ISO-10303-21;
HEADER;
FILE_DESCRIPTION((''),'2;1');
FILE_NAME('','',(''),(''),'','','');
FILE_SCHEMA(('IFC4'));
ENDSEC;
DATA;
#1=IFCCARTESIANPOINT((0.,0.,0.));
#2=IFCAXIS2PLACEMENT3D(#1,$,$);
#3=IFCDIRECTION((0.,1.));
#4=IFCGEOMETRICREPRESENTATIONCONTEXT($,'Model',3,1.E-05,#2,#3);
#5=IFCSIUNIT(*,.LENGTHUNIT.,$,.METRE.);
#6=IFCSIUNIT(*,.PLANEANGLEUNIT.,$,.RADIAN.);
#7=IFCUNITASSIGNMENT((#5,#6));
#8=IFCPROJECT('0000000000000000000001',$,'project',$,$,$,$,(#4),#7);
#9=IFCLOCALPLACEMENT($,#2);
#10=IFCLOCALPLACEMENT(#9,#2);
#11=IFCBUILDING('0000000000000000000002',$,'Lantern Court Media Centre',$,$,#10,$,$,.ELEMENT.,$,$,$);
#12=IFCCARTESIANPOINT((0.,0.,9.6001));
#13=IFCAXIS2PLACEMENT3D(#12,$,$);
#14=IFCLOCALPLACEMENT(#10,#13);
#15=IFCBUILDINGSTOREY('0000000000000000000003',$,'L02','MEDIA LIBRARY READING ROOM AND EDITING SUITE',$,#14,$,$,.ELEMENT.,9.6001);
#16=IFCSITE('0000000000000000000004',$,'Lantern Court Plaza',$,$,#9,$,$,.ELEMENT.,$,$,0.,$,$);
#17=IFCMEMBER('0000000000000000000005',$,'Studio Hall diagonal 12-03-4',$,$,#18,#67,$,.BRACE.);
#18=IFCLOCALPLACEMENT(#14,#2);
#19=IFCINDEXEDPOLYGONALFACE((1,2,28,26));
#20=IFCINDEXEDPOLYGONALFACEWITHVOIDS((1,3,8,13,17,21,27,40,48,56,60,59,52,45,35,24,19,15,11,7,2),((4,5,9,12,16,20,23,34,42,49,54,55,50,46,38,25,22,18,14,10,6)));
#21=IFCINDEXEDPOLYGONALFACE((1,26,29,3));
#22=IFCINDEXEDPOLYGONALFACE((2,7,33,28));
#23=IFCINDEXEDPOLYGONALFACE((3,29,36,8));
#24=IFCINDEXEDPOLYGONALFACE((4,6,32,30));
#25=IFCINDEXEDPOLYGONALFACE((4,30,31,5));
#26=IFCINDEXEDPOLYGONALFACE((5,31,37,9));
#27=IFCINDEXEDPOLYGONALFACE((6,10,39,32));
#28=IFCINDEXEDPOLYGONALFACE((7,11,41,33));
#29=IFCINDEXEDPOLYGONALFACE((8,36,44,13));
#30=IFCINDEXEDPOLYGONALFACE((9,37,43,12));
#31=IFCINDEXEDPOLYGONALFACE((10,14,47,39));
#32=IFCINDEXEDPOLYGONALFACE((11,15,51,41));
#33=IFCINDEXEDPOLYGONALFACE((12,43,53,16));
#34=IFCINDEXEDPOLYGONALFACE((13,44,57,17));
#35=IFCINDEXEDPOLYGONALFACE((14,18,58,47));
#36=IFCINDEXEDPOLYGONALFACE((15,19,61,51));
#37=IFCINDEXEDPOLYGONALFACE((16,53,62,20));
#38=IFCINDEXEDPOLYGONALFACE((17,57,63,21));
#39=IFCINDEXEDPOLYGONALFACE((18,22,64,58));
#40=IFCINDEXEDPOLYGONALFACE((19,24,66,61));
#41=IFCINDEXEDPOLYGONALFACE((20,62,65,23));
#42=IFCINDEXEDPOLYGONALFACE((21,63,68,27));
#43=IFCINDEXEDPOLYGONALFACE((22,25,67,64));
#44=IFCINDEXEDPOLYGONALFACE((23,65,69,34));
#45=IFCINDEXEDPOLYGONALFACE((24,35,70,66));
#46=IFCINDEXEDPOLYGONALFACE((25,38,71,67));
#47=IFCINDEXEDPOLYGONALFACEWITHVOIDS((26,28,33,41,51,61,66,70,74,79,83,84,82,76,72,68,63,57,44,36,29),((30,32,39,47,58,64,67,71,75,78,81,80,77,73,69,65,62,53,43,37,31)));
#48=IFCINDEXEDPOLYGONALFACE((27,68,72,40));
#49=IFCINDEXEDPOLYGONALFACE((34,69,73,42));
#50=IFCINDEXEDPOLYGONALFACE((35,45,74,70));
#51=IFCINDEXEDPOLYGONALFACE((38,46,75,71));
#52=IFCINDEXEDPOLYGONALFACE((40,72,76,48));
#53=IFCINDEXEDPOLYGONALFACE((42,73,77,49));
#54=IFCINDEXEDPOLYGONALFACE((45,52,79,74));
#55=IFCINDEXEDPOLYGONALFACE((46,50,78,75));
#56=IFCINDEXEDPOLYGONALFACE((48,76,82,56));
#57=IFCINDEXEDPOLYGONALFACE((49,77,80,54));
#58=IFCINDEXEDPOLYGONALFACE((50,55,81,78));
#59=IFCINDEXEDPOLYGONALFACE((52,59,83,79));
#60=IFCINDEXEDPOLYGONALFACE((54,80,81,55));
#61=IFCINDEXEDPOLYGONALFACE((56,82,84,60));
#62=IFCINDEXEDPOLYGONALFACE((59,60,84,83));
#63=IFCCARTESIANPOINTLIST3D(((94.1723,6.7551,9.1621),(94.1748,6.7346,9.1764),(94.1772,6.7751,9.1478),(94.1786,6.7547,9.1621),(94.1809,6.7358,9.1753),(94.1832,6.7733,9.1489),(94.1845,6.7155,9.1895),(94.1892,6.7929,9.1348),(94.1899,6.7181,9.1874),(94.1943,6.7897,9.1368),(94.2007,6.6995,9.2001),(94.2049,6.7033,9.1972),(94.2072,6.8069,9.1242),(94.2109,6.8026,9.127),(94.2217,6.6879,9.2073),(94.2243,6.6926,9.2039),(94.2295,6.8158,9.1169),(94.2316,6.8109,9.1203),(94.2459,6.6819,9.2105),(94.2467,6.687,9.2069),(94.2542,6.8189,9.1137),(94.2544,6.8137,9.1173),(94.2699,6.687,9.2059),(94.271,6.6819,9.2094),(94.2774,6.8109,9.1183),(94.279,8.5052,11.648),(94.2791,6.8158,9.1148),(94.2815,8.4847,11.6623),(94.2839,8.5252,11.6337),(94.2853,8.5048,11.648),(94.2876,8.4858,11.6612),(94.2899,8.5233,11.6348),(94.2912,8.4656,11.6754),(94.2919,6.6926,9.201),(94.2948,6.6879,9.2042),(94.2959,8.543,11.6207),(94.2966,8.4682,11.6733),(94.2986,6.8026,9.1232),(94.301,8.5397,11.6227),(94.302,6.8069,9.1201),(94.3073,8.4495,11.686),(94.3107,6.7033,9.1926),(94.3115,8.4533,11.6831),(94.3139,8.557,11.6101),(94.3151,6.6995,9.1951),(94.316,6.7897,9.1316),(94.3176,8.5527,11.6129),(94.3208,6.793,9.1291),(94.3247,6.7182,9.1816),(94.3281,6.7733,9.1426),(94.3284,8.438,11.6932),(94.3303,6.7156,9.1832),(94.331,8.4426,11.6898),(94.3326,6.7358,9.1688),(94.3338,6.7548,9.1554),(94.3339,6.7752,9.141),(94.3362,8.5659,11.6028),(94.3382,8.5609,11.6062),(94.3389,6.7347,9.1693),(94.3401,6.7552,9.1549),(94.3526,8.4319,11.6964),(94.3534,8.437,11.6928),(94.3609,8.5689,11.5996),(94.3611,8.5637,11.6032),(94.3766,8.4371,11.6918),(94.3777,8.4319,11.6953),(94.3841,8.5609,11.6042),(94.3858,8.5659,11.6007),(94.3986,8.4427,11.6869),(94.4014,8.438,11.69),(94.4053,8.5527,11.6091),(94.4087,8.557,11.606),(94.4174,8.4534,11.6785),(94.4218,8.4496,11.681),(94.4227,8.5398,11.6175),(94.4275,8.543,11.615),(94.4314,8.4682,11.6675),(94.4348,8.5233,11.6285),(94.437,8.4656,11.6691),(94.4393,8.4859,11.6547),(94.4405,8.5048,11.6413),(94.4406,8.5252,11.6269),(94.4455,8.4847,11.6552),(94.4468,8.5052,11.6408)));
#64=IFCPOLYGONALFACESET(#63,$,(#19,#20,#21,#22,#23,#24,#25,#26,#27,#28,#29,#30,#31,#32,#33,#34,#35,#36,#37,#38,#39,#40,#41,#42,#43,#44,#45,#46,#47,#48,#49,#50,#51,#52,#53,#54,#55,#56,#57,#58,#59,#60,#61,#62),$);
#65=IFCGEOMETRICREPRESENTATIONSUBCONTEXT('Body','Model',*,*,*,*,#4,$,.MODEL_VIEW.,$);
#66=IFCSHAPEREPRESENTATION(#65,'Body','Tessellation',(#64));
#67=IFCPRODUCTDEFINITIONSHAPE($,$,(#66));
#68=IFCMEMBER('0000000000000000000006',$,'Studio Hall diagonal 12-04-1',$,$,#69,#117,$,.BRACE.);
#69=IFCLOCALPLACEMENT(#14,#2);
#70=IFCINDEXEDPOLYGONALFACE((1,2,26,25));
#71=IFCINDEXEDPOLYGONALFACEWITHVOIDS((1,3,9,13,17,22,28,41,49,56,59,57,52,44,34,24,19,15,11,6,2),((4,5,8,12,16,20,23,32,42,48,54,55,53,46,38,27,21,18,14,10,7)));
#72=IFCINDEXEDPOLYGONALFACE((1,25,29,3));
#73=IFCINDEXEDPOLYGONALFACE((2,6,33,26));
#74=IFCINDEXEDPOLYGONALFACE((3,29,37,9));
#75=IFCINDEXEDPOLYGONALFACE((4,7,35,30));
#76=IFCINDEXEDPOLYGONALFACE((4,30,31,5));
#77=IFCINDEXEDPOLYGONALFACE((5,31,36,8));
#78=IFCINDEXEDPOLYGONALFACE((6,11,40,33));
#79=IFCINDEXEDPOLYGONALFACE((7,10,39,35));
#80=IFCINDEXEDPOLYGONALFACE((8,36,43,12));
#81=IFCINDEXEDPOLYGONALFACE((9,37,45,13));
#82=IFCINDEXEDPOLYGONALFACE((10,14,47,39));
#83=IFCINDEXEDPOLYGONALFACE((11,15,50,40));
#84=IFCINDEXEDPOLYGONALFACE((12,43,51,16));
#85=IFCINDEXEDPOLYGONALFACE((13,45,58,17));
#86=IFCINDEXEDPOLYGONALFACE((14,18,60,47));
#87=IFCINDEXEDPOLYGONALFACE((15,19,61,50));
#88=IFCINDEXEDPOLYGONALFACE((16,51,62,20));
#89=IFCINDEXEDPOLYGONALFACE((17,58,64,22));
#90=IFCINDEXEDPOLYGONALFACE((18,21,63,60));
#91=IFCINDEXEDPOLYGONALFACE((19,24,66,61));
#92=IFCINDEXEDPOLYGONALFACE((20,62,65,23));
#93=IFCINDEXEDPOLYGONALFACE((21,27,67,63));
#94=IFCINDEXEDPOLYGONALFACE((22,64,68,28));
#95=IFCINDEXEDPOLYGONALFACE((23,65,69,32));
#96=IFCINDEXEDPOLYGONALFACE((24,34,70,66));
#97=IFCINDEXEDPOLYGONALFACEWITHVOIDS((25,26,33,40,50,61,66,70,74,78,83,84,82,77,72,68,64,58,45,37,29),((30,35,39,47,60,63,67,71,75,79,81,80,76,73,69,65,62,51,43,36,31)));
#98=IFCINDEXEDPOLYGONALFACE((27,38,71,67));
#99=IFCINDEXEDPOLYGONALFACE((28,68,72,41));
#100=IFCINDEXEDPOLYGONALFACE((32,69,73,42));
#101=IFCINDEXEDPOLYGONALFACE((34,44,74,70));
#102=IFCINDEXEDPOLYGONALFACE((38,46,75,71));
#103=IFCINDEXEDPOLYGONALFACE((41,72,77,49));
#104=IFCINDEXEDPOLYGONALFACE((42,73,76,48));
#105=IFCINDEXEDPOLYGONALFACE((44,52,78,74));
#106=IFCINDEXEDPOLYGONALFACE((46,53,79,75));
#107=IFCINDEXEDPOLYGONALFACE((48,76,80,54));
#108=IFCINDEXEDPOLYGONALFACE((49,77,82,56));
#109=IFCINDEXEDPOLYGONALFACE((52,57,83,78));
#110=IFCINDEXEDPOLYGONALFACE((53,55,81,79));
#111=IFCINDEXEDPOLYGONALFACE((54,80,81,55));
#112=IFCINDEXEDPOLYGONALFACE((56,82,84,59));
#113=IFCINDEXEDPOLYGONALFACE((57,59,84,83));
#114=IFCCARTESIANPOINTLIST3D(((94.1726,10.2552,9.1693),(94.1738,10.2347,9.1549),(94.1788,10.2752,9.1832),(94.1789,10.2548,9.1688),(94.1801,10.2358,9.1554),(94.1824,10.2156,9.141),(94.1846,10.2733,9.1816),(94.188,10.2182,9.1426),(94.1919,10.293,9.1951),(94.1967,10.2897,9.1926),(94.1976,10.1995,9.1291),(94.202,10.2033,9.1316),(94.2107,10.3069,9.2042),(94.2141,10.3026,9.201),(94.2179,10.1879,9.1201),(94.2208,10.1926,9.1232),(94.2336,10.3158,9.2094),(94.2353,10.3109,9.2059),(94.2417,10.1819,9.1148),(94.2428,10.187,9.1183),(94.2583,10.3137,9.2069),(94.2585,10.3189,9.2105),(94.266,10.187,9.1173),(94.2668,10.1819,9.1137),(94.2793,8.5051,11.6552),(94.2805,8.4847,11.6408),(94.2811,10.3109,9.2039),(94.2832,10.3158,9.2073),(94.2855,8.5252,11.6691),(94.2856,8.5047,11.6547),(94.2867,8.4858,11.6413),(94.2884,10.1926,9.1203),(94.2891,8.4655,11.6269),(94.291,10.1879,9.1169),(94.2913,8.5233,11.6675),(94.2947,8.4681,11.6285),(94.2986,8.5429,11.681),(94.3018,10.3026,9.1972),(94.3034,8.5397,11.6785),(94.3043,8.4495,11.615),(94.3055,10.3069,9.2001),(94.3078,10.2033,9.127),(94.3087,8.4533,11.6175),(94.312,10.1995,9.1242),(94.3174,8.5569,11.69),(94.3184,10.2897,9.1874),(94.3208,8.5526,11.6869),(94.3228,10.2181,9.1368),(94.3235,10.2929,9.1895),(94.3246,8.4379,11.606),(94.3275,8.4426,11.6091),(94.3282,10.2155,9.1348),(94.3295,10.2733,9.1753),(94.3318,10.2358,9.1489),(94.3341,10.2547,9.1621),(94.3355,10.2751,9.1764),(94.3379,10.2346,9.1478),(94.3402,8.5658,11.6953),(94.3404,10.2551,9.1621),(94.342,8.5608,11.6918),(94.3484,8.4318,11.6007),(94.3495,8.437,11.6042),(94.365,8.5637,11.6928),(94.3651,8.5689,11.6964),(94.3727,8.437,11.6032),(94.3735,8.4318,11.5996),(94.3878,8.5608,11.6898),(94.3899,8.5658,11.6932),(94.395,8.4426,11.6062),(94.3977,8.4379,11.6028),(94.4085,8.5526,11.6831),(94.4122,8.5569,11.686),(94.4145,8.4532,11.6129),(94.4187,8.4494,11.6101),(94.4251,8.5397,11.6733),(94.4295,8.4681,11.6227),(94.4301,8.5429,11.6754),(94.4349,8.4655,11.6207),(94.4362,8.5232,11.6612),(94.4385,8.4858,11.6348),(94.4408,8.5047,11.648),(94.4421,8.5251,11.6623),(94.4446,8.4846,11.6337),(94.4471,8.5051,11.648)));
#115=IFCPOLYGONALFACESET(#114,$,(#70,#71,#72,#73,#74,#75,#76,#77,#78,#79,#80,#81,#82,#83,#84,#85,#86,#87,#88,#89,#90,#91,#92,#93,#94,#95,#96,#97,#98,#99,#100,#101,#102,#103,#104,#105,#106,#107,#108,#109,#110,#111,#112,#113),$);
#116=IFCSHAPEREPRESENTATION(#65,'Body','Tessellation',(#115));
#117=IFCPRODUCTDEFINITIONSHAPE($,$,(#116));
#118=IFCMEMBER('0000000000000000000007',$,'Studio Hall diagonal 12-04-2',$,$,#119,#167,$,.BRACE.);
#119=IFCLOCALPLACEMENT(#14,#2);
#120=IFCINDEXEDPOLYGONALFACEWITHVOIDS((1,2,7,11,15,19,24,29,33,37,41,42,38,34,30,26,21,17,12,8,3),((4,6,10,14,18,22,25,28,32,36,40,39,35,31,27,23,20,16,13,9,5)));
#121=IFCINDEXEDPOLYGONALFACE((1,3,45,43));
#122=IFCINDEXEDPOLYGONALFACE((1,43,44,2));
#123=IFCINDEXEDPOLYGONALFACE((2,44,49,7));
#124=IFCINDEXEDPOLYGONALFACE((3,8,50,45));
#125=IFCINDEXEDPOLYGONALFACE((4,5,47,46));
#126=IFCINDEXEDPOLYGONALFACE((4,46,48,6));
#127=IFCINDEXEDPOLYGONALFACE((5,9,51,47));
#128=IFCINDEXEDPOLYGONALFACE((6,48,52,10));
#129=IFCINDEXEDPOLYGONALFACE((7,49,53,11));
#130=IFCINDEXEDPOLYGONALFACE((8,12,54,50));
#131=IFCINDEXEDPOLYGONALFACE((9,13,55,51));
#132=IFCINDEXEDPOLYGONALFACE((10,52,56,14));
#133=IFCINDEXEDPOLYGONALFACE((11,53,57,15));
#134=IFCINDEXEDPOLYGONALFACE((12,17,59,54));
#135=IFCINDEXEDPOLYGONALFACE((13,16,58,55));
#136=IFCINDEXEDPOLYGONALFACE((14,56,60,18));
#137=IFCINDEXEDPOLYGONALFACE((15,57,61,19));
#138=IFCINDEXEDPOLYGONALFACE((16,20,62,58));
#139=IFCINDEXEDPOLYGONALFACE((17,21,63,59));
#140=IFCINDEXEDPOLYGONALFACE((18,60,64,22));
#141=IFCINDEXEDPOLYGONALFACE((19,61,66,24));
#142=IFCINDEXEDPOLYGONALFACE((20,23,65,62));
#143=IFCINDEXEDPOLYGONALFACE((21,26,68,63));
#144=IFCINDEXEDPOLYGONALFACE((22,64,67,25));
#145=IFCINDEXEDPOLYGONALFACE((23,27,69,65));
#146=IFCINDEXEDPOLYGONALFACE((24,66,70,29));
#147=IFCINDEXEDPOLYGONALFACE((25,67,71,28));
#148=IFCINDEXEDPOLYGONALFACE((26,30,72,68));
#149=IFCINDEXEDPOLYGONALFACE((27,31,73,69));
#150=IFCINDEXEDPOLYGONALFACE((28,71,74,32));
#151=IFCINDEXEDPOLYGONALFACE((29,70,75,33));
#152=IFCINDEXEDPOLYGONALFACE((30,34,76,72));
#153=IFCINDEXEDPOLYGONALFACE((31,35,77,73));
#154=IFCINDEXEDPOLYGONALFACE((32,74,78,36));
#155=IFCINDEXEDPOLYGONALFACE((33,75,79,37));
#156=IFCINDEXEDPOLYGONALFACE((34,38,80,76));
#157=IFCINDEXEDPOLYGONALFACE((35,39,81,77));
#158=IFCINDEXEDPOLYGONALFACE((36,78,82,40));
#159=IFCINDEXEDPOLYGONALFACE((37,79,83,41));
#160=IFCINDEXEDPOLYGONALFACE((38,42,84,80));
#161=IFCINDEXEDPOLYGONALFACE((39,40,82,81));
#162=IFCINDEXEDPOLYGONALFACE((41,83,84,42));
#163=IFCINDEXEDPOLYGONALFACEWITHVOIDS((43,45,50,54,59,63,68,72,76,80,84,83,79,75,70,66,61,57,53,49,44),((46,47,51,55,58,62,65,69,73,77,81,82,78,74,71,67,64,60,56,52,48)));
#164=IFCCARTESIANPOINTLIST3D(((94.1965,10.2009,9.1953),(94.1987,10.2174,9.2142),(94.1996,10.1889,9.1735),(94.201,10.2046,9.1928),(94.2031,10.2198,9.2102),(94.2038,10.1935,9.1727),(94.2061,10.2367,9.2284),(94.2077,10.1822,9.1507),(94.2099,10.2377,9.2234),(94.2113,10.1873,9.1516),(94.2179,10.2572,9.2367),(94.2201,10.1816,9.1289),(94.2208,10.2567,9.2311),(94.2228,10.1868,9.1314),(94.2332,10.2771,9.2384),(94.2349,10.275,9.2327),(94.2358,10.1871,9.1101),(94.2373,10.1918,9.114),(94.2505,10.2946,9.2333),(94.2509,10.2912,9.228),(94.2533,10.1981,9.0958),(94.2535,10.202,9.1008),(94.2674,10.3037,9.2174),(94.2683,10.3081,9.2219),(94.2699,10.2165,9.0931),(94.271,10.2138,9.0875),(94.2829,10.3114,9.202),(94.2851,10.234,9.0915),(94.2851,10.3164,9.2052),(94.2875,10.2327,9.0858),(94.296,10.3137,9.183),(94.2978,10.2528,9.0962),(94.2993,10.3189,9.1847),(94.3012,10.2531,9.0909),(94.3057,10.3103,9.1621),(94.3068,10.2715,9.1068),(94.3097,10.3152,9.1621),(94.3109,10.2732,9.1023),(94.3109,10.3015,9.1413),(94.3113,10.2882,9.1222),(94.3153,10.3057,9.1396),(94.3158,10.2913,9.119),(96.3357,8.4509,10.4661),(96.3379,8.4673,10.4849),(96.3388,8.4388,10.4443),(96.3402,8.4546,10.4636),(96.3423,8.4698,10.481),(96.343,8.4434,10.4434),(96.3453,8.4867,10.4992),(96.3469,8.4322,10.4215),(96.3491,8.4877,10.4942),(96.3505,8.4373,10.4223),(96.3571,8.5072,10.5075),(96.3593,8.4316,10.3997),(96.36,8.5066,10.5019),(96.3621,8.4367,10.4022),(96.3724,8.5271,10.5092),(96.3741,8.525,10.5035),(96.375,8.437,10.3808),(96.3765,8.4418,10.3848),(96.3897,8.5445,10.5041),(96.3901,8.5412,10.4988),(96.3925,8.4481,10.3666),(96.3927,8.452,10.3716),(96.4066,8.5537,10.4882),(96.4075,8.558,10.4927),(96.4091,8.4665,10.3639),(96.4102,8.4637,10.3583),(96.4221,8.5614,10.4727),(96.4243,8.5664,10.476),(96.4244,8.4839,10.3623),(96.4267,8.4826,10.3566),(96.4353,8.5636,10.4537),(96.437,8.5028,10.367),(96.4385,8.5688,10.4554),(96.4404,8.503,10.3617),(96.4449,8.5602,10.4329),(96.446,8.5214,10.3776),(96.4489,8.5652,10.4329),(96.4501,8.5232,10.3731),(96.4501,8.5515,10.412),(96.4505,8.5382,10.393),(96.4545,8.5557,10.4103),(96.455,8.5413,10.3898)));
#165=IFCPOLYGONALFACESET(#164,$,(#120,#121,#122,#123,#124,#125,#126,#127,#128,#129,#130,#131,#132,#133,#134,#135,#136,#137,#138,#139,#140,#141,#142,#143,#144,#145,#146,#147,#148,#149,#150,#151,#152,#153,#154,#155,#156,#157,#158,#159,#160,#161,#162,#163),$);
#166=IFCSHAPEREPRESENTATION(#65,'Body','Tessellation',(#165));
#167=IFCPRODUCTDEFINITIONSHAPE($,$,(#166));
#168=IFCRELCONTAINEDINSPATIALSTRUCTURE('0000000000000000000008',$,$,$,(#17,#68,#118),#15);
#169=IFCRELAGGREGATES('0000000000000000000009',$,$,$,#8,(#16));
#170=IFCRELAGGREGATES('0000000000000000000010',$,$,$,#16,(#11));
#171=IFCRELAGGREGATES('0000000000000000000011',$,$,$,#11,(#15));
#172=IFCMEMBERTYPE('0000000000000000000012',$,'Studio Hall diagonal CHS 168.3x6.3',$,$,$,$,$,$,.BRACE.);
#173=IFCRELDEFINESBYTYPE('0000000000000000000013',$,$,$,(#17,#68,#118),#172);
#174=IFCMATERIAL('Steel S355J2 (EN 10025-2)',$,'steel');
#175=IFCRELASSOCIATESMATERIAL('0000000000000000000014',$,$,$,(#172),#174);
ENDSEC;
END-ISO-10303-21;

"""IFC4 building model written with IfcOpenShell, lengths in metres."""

from ifc_helpers import new_model, si_unit, direction, frame, origin, origin_2d, place, context, subcontext, project, spatial, hollow_circle, extrude, material, material_profile, profile_set, type_object, element, save


model = new_model("IFC4")

# Units and contexts
model_context = context("Model", 3, precision=1e-05, world=origin(), true_north=direction((0.0, 1.0)))
body_context = subcontext(model_context, "Body", "Model", "MODEL_VIEW")
ifc_project = project(units=[si_unit("LENGTHUNIT", "METRE"), si_unit("PLANEANGLEUNIT", "RADIAN")], contexts=[model_context])

# Site, building, storey
site_placement = place(None, origin())
site = spatial("IfcSite", under=ifc_project, at=site_placement, Name="Lantern Court Plaza", CompositionType="ELEMENT", RefElevation=0.0)
building_placement = place(site_placement, origin())
building = spatial("IfcBuilding", under=site, at=building_placement, Name="Lantern Court Media Centre", CompositionType="ELEMENT")
storey_placement = place(building_placement, frame((0.0, 0.0, 9.6001)))
storey = spatial("IfcBuildingStorey", under=building, at=storey_placement, Name="L02", Description="MEDIA LIBRARY READING ROOM AND EDITING SUITE", CompositionType="ELEMENT", Elevation=9.6001)

# Members
ifc_material_1 = material(Name="Steel S355J2 (EN 10025-2)", Category="steel")
ifc_material_profile_1 = material_profile(ifc_material_1, hollow_circle(Radius=0.0842, WallThickness=0.0063, at=origin_2d()), Name="Studio Hall diagonal CHS 168.3x6.3")
ifc_profile_set_1 = profile_set([ifc_material_profile_1], Name="Steel S355J2 (EN 10025-2)")
member_type_1 = type_object("IfcMemberType", Name="Studio Hall diagonal CHS 168.3x6.3", PredefinedType="BRACE", material=ifc_profile_set_1)
for number, where, z_axis, x_axis, name in (
    (1, (94.2563, 6.75, 9.1621), (0.035073, 0.575294, 0.817194), (-0.998147, 0.060852, 0.0), "Studio Hall diagonal 12-03-4"),
    (2, (94.2563, 10.25, 9.1621), (0.035073, -0.575294, 0.817194), (0.998147, 0.060852, 0.0), "Studio Hall diagonal 12-04-1"),
    (3, (94.2563, 10.25, 9.1621), (0.703225, -0.575293, 0.417746), (0.63319, 0.773997, 0.0), "Studio Hall diagonal 12-04-2"),
):
    element("IfcMember", number, at=place(storey_placement, frame(where, z_axis=z_axis, x_axis=x_axis)), inside=storey, type_object=member_type_1, Name=name, PredefinedType="BRACE", context=body_context, shape_type="SweptSolid", body=[
        extrude(hollow_circle(Radius=0.0842, WallThickness=0.0063, at=origin_2d()), origin(), (0.0, 0.0, 1.0), 3.042),
    ])

save(model, "model.ifc")
